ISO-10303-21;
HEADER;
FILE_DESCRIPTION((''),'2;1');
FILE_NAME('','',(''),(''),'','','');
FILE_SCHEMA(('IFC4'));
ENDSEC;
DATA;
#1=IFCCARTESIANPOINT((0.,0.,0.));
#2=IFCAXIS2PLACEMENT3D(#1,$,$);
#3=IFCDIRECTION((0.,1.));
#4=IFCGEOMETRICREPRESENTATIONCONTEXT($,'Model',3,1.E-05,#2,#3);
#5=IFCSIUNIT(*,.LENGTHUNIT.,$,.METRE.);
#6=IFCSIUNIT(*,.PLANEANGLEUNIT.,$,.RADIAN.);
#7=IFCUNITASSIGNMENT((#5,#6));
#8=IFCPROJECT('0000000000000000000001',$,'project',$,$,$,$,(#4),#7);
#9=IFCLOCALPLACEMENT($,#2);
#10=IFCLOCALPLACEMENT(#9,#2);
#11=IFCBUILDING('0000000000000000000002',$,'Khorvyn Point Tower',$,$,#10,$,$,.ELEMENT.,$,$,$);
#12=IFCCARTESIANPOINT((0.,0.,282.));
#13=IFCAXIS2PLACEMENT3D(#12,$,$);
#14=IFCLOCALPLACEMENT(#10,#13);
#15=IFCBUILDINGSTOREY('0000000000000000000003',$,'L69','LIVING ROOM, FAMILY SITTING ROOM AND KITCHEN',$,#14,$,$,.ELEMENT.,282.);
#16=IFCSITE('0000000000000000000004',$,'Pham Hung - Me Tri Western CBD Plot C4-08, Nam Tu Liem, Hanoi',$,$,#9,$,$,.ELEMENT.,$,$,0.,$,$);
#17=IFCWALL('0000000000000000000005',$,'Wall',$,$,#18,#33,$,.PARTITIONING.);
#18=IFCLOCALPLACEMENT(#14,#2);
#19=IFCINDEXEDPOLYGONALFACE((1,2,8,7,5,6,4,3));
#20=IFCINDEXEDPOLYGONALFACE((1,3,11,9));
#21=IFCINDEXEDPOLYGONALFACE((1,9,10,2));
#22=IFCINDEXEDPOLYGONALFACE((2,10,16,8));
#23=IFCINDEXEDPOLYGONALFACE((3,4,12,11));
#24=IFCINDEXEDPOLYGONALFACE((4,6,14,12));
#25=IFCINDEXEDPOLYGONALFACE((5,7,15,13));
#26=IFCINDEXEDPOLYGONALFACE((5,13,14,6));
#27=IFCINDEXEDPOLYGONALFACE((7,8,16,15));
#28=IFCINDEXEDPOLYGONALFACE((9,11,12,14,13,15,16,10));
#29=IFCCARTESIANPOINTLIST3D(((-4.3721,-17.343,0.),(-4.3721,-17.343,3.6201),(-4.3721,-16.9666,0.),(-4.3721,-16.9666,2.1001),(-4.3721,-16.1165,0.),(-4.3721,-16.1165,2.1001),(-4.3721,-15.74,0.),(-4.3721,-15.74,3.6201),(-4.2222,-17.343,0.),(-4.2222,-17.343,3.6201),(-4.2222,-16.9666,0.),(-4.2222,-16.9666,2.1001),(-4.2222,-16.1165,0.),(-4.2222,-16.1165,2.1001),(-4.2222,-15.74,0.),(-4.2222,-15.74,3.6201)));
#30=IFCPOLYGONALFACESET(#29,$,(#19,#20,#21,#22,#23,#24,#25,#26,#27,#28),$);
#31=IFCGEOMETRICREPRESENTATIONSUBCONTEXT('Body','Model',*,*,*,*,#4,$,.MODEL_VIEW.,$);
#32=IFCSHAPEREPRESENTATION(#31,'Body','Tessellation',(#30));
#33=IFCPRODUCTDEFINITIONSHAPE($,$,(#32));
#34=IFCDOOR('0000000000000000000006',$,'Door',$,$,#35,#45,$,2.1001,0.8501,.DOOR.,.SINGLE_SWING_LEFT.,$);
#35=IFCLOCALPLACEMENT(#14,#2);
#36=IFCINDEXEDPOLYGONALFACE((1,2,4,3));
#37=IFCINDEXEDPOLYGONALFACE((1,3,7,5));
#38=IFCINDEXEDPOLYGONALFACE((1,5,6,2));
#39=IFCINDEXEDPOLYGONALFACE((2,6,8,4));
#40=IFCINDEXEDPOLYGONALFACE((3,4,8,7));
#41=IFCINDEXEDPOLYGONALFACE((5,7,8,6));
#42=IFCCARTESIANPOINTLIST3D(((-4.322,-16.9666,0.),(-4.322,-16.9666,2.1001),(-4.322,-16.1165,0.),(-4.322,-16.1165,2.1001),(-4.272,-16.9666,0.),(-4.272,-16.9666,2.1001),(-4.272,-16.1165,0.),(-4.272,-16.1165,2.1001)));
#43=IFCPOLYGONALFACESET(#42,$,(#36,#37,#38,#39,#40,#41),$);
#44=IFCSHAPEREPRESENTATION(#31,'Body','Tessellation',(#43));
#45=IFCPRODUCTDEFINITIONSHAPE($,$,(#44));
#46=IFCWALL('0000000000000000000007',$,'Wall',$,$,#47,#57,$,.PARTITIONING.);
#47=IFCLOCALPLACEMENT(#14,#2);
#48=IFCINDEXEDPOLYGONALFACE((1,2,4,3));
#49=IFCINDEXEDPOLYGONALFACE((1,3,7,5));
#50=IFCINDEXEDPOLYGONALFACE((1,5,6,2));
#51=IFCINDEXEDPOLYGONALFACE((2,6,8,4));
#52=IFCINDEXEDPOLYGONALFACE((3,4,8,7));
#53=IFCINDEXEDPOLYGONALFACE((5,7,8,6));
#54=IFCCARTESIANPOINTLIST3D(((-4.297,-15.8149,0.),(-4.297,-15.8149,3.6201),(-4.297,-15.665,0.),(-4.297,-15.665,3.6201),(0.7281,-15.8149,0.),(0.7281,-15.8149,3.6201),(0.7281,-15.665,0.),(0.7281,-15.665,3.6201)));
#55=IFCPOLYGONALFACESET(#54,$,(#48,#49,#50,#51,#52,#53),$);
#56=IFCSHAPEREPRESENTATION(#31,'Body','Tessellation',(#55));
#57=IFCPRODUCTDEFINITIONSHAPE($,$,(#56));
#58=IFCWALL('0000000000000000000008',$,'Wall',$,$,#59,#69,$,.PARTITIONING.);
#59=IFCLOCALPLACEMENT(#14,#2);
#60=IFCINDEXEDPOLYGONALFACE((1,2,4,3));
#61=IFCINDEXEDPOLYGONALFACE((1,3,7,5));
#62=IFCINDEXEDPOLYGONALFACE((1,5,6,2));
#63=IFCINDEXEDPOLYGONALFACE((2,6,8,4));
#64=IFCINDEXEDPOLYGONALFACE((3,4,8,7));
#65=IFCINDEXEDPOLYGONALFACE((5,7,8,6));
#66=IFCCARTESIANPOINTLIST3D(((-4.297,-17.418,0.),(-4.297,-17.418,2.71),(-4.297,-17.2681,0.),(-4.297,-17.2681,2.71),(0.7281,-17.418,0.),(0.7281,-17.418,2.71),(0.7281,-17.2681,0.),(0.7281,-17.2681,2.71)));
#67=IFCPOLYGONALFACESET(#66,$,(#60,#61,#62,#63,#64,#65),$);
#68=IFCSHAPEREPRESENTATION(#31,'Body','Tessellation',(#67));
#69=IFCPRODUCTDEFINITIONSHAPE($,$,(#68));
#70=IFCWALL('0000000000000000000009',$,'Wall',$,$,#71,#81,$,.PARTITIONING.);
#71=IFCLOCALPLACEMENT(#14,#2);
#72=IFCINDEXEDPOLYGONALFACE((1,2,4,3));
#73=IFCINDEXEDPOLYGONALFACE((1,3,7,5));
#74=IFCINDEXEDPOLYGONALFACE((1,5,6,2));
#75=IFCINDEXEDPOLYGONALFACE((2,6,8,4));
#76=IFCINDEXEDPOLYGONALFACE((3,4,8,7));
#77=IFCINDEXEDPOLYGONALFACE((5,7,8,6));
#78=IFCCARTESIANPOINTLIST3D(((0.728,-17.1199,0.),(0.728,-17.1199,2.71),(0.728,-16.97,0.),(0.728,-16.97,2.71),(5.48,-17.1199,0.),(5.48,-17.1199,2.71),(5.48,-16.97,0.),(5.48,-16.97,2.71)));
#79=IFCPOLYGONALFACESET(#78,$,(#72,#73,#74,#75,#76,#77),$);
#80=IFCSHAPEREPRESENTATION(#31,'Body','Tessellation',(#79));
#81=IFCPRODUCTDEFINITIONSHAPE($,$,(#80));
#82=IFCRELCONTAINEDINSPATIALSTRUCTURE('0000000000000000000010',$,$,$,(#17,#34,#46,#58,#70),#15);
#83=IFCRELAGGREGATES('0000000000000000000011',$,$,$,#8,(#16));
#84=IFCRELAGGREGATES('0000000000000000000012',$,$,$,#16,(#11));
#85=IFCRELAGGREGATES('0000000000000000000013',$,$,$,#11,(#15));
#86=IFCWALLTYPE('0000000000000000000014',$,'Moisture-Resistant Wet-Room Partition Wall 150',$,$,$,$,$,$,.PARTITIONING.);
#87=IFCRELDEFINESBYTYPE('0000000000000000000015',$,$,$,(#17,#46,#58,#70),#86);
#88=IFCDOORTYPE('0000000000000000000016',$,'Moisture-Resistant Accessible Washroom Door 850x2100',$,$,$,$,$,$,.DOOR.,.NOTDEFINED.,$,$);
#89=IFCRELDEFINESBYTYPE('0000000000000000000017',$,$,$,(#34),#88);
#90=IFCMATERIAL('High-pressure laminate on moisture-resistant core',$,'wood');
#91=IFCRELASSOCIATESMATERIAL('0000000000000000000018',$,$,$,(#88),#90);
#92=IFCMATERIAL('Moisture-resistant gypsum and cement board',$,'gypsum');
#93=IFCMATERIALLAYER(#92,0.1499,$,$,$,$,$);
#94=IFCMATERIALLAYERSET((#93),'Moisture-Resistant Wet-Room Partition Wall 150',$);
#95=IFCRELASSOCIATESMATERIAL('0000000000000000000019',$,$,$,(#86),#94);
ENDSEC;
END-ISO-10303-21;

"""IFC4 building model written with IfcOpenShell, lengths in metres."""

from ifc_helpers import new_model, si_unit, direction, frame, frame_2d, origin, place, context, subcontext, project, spatial, rectangle, extrude, material, layer, layer_set, type_object, element, fill, save


model = new_model("IFC4")

# Units and contexts
model_context = context("Model", 3, precision=1e-05, world=origin(), true_north=direction((0.0, 1.0)))
body_context = subcontext(model_context, "Body", "Model", "MODEL_VIEW")
ifc_project = project(units=[si_unit("LENGTHUNIT", "METRE"), si_unit("PLANEANGLEUNIT", "RADIAN")], contexts=[model_context])

# Site, building, storey
site_placement = place(None, origin())
site = spatial("IfcSite", under=ifc_project, at=site_placement, Name="Pham Hung - Me Tri Western CBD Plot C4-08, Nam Tu Liem, Hanoi", CompositionType="ELEMENT", RefElevation=0.0)
building_placement = place(site_placement, origin())
building = spatial("IfcBuilding", under=site, at=building_placement, Name="Khorvyn Point Tower", CompositionType="ELEMENT")
storey_placement = place(building_placement, frame((0.0, 0.0, 282.0)))
storey = spatial("IfcBuildingStorey", under=building, at=storey_placement, Name="L69", Description="LIVING ROOM, FAMILY SITTING ROOM AND KITCHEN", CompositionType="ELEMENT", Elevation=282.0)

# Wall, opening, door
ifc_material_1 = material(Name="High-pressure laminate on moisture-resistant core", Category="wood")
door_type_1 = type_object("IfcDoorType", Name="Moisture-Resistant Accessible Washroom Door 850x2100", OperationType="NOTDEFINED", PredefinedType="DOOR", material=ifc_material_1)
ifc_material_2 = material(Name="Moisture-resistant gypsum and cement board", Category="gypsum")
ifc_layer_1 = layer(ifc_material_2, 0.1499)
ifc_layer_set_1 = layer_set([ifc_layer_1], Name="Moisture-Resistant Wet-Room Partition Wall 150")
wall_type_1 = type_object("IfcWallType", Name="Moisture-Resistant Wet-Room Partition Wall 150", PredefinedType="PARTITIONING", material=ifc_layer_set_1)
wall_1_placement = place(storey_placement, frame((-4.2971, -17.343, 0.0), z_axis=(0.0, 0.0, 1.0), x_axis=(0.0, 1.0, 0.0)))
wall_1 = element("IfcWall", 1, at=wall_1_placement, inside=storey, type_object=wall_type_1, Name="Wall", PredefinedType="PARTITIONING", context=body_context, shape_type="SweptSolid", body=[
    extrude(rectangle(XDim=1.603, YDim=0.1499, at=frame_2d((0.8015, 0.0))), origin(), (0.0, 0.0, 1.0), 3.6201),
])
opening_1_placement = place(wall_1_placement, frame((0.3765, 0.0, 0.0)))
opening_1 = element("IfcOpeningElement", 2, at=opening_1_placement, cuts=wall_1, PredefinedType="OPENING", context=body_context, shape_type="SweptSolid", body=[
    extrude(rectangle(XDim=0.8501, YDim=2.1001, at=frame_2d((0.425, 1.05))), frame((0.0, 0.085, 0.0), z_axis=(0.0, -1.0, 0.0), x_axis=(1.0, 0.0, 0.0)), (0.0, 0.0, 1.0), 0.1699),
])
door_1_placement = place(opening_1_placement, origin())
door_1 = element("IfcDoor", 3, at=door_1_placement, inside=storey, type_object=door_type_1, Name="Door", OperationType="SINGLE_SWING_LEFT", OverallHeight=2.1001, OverallWidth=0.8501, PredefinedType="DOOR", context=body_context, shape_type="SweptSolid", body=[
    extrude(rectangle(XDim=0.8501, YDim=2.1001, at=frame_2d((0.425, 1.05))), frame((0.0, 0.0249, 0.0), z_axis=(0.0, -1.0, 0.0), x_axis=(1.0, 0.0, 0.0)), (0.0, 0.0, 1.0), 0.05),
])
fill(opening_1, door_1)

# Walls
wall_2_placement = place(storey_placement, frame((-4.2971, -15.74, 0.0), z_axis=(0.0, 0.0, 1.0), x_axis=(1.0, 0.0, 0.0)))
element("IfcWall", 4, at=wall_2_placement, inside=storey, type_object=wall_type_1, Name="Wall", PredefinedType="PARTITIONING", context=body_context, shape_type="SweptSolid", body=[
    extrude(rectangle(XDim=5.0251, YDim=0.1499, at=frame_2d((2.5127, 0.0))), origin(), (0.0, 0.0, 1.0), 3.6201),
])
wall_3_placement = place(storey_placement, frame((-4.2971, -17.343, 0.0), z_axis=(0.0, 0.0, 1.0), x_axis=(1.0, 0.0, 0.0)))
element("IfcWall", 5, at=wall_3_placement, inside=storey, type_object=wall_type_1, Name="Wall", PredefinedType="PARTITIONING", context=body_context, shape_type="SweptSolid", body=[
    extrude(rectangle(XDim=5.0251, YDim=0.1499, at=frame_2d((2.5127, 0.0))), origin(), (0.0, 0.0, 1.0), 2.71),
])
wall_4_placement = place(storey_placement, frame((0.728, -17.0449, 0.0), z_axis=(0.0, 0.0, 1.0), x_axis=(1.0, 0.0, 0.0)))
element("IfcWall", 6, at=wall_4_placement, inside=storey, type_object=wall_type_1, Name="Wall", PredefinedType="PARTITIONING", context=body_context, shape_type="SweptSolid", body=[
    extrude(rectangle(XDim=4.752, YDim=0.1499, at=frame_2d((2.376, 0.0))), origin(), (0.0, 0.0, 1.0), 2.71),
])

save(model, "model.ifc")
